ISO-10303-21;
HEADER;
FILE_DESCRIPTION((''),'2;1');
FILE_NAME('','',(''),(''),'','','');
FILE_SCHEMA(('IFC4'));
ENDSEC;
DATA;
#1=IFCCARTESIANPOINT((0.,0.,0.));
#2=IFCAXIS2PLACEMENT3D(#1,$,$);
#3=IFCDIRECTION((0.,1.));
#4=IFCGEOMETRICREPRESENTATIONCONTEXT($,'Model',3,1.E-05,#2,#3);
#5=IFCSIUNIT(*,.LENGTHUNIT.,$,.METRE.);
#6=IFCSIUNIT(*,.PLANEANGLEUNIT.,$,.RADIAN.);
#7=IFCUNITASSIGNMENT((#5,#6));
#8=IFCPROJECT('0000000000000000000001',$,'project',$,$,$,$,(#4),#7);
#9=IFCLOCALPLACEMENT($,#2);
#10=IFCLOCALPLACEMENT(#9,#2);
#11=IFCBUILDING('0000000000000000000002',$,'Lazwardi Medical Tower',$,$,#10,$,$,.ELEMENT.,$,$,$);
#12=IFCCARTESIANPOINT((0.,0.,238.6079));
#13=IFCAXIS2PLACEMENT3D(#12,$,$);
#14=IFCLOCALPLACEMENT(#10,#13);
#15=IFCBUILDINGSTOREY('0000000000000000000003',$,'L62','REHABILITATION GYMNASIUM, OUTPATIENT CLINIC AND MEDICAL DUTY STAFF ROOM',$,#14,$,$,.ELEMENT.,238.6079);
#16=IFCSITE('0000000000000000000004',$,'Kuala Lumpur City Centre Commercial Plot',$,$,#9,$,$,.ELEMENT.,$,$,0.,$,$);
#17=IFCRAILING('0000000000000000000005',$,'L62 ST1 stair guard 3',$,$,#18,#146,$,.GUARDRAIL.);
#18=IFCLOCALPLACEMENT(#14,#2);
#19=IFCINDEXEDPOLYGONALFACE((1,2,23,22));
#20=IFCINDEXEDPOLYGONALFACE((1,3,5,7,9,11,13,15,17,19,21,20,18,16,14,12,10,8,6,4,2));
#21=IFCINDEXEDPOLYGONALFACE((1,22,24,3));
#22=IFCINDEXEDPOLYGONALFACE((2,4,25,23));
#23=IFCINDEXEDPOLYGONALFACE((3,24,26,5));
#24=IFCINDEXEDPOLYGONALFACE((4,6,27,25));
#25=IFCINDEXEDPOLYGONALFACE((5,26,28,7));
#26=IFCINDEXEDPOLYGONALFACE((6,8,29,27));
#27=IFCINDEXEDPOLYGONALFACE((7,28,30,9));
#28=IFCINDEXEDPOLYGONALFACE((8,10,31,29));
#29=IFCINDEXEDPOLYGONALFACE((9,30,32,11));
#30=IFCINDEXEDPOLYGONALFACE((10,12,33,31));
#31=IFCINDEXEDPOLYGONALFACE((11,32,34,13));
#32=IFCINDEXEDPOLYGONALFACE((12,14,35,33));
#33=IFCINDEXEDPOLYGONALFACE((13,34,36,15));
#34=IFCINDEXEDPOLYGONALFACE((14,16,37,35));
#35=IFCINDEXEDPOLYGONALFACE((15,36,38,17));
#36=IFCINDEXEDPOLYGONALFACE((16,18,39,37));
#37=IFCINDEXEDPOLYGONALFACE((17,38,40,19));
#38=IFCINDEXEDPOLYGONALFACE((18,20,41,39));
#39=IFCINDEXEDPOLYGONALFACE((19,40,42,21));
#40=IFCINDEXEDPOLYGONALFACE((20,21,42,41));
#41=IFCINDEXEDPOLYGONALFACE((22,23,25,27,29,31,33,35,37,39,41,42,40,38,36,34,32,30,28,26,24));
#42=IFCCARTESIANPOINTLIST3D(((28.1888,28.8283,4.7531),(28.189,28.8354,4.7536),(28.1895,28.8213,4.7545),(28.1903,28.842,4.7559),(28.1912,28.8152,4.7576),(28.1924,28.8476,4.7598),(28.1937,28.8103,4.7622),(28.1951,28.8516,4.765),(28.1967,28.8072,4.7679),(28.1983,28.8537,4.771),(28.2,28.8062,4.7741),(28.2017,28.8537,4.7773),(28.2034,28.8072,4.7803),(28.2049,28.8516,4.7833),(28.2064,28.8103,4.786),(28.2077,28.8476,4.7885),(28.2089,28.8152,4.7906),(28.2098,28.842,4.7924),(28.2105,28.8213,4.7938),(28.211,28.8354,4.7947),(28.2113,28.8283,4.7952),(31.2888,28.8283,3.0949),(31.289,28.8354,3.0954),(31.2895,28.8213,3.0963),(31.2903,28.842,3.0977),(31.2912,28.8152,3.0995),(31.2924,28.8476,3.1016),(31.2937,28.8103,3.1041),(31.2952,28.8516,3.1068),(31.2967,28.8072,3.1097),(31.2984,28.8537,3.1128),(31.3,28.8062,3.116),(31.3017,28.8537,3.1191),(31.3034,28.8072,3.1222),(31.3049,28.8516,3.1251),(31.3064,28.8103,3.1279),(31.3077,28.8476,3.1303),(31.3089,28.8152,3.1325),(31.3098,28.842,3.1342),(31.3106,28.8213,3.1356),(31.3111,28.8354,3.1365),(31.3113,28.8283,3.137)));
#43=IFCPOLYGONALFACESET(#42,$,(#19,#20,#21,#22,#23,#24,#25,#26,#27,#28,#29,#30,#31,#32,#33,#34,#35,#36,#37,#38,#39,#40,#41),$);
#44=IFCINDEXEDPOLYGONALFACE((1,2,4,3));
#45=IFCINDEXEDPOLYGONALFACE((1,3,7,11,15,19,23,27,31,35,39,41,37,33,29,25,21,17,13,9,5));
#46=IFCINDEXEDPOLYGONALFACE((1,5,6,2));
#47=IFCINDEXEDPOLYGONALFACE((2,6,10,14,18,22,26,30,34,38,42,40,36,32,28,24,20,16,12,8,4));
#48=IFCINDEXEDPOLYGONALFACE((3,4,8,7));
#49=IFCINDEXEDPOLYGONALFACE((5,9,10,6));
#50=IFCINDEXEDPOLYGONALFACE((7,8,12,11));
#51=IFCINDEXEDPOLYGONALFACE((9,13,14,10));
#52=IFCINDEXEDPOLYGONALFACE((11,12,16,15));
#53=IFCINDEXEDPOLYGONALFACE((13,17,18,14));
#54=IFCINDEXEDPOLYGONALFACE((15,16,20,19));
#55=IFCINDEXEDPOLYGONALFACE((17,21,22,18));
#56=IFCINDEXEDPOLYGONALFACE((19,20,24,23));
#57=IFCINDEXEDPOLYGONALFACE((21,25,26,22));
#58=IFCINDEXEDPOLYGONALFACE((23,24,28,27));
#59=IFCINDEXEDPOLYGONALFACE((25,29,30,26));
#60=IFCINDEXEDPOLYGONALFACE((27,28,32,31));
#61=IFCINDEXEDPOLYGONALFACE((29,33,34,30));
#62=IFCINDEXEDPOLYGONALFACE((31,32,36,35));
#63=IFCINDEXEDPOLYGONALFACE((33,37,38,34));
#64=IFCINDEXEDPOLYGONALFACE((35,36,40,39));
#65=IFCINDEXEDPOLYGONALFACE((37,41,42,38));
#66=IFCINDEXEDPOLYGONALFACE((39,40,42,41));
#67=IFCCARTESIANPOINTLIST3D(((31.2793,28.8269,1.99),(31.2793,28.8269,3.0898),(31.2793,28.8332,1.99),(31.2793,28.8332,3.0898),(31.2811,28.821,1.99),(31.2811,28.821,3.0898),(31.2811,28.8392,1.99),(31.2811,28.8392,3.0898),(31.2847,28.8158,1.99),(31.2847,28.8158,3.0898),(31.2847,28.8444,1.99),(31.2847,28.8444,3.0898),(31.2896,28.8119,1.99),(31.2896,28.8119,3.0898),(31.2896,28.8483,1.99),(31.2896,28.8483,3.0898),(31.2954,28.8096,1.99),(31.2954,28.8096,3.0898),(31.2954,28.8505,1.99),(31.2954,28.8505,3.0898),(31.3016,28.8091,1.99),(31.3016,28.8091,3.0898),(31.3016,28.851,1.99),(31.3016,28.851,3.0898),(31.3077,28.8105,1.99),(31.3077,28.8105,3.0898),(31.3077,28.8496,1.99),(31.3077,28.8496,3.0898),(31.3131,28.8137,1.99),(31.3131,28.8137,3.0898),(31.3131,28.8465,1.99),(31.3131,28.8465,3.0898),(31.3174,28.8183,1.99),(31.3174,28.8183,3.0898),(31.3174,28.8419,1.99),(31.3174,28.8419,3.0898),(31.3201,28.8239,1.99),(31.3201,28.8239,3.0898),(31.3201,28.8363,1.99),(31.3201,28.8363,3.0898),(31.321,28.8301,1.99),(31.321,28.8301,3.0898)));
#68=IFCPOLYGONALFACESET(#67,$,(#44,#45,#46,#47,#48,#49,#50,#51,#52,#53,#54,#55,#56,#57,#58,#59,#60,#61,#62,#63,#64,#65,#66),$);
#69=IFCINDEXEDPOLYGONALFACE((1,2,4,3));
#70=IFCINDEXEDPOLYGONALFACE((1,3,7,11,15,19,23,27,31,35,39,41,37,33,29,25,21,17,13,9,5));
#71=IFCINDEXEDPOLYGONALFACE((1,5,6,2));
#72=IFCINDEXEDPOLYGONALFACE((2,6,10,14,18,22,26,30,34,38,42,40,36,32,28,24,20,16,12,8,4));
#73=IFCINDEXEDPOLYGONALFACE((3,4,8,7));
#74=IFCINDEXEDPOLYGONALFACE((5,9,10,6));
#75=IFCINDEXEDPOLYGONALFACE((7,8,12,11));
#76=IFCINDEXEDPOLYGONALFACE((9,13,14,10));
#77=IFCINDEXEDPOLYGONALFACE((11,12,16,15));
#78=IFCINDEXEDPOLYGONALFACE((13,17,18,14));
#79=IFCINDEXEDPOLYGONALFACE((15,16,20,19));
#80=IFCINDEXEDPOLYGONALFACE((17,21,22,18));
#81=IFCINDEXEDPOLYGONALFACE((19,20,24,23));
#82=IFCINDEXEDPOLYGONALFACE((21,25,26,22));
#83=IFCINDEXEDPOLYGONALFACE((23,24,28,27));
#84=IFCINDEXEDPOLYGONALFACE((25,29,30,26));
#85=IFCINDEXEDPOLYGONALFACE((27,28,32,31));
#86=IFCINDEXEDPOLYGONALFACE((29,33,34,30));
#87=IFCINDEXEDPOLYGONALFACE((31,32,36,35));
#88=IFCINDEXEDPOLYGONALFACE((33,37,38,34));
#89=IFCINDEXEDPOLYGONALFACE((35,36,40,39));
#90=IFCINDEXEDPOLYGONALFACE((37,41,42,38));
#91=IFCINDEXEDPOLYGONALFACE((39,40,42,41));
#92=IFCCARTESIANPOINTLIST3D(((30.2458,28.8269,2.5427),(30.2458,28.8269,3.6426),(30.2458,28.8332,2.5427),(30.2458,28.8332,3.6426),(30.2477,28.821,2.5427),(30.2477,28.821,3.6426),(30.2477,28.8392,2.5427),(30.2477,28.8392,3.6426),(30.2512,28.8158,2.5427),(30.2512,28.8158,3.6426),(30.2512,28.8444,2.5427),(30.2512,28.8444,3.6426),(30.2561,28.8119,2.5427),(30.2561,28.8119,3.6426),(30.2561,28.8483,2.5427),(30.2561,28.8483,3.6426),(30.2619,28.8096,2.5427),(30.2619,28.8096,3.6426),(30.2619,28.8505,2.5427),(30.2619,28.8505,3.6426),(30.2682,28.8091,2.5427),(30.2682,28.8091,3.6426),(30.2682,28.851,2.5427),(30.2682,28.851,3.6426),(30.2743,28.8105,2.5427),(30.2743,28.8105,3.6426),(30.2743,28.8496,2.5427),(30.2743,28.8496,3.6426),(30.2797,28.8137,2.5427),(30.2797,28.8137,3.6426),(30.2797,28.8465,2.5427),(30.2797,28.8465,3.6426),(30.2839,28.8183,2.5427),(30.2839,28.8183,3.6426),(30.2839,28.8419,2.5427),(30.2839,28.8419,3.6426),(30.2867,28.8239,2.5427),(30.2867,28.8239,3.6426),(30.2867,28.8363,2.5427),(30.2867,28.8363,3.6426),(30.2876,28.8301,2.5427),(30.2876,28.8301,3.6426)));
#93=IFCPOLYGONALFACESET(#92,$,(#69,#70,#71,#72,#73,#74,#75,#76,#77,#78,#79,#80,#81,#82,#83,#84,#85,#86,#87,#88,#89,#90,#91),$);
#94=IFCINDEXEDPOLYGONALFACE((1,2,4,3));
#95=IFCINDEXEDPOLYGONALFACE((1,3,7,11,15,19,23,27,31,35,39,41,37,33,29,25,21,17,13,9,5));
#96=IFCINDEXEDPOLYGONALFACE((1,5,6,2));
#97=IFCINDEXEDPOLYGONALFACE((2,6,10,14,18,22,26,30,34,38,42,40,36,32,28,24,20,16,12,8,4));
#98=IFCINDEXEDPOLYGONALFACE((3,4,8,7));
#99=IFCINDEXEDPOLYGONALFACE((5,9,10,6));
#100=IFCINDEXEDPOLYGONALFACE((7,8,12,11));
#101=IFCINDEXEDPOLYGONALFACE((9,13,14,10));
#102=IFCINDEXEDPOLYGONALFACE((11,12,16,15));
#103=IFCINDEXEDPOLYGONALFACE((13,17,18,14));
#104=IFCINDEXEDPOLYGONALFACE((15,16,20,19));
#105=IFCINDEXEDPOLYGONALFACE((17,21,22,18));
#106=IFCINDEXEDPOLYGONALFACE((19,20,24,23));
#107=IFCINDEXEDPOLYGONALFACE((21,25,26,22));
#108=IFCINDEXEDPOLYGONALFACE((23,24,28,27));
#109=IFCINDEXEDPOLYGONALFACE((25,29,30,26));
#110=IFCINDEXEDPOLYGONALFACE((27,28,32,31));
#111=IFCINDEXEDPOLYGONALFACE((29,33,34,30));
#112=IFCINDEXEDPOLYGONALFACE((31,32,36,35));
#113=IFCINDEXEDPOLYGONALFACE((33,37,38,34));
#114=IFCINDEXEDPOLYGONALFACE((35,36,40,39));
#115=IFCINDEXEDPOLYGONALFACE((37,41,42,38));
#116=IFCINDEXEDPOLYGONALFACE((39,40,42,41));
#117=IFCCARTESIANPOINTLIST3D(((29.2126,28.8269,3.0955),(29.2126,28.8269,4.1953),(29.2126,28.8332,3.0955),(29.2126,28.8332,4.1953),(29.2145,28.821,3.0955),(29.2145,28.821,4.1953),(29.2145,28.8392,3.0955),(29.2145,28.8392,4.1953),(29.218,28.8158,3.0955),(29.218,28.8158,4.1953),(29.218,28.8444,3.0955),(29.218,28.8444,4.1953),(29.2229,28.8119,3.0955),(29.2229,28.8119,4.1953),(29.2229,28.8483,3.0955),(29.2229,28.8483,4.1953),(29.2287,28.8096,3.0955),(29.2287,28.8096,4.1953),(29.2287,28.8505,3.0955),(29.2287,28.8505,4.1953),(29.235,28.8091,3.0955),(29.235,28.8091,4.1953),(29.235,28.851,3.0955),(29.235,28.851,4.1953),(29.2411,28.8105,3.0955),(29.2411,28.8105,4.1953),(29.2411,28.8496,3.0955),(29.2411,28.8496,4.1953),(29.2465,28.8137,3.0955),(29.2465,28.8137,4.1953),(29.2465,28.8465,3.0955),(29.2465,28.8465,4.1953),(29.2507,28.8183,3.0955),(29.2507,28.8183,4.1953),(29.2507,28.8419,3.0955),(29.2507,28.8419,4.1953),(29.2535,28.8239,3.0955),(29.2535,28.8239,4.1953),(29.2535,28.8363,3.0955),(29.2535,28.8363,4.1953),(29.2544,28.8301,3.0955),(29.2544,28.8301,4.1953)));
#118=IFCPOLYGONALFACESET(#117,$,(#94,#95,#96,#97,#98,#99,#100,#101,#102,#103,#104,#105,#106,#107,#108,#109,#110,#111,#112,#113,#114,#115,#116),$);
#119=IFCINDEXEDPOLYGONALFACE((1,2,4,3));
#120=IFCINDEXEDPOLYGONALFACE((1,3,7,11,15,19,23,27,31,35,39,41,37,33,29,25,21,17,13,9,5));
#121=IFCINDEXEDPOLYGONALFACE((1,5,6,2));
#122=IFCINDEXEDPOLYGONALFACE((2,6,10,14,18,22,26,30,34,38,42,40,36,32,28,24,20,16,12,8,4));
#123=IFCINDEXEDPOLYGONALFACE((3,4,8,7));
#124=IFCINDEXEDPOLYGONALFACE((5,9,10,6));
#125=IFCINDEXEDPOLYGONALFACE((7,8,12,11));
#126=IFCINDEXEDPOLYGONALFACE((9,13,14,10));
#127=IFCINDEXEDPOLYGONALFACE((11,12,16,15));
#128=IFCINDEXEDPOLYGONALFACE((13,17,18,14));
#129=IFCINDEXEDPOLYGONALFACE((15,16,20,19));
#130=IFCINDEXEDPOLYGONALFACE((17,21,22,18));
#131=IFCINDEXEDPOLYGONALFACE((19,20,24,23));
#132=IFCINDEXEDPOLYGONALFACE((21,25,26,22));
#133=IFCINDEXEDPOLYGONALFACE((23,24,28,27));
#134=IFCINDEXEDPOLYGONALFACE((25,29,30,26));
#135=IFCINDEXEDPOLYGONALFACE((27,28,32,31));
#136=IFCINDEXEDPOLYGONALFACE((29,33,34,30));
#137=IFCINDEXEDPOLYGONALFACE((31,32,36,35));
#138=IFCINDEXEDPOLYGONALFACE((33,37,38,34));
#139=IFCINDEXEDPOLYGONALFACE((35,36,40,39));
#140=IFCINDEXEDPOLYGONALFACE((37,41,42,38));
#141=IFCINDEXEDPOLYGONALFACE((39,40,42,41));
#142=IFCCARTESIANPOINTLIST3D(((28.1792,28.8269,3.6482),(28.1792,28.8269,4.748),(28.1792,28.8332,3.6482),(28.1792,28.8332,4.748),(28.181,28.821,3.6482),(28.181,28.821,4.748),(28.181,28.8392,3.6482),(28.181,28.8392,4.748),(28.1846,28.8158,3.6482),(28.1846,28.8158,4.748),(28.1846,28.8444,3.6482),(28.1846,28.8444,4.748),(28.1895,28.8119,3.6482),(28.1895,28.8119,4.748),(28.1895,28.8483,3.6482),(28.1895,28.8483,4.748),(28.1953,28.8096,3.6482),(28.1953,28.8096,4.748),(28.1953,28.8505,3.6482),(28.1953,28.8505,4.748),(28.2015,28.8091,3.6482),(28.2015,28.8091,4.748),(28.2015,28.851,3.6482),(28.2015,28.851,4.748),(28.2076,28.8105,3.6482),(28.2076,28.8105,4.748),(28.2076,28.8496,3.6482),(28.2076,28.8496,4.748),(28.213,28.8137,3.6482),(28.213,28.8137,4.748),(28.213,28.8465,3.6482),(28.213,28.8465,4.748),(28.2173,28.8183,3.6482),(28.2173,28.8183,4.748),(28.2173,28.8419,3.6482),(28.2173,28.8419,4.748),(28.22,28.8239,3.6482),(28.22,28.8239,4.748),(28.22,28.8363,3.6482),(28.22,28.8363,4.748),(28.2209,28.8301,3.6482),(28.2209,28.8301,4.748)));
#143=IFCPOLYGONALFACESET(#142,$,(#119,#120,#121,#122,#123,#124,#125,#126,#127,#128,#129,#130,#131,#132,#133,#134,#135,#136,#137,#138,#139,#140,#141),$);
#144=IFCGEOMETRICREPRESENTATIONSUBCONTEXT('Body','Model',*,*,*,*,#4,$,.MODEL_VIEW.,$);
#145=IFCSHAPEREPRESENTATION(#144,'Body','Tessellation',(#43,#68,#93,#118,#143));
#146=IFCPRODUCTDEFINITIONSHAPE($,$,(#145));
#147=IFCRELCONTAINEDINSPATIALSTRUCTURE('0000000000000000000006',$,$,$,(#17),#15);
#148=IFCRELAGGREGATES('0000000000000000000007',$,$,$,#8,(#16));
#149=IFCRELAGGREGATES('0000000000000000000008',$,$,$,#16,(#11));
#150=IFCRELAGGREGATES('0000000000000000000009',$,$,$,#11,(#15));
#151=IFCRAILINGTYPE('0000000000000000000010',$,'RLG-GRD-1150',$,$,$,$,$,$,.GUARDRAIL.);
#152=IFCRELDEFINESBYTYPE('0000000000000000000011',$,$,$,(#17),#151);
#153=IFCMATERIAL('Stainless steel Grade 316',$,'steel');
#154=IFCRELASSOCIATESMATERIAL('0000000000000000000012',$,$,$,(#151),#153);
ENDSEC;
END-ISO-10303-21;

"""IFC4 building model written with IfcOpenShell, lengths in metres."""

from ifc_helpers import new_model, si_unit, direction, frame, origin, origin_2d, place, context, subcontext, project, spatial, circle, extrude, material, type_object, element, save


model = new_model("IFC4")

# Units and contexts
model_context = context("Model", 3, precision=1e-05, world=origin(), true_north=direction((0.0, 1.0)))
body_context = subcontext(model_context, "Body", "Model", "MODEL_VIEW")
ifc_project = project(units=[si_unit("LENGTHUNIT", "METRE"), si_unit("PLANEANGLEUNIT", "RADIAN")], contexts=[model_context])

# Site, building, storey
site_placement = place(None, origin())
site = spatial("IfcSite", under=ifc_project, at=site_placement, Name="Kuala Lumpur City Centre Commercial Plot", CompositionType="ELEMENT", RefElevation=0.0)
building_placement = place(site_placement, origin())
building = spatial("IfcBuilding", under=site, at=building_placement, Name="Lazwardi Medical Tower", CompositionType="ELEMENT")
storey_placement = place(building_placement, frame((0.0, 0.0, 238.6079)))
storey = spatial("IfcBuildingStorey", under=building, at=storey_placement, Name="L62", Description="REHABILITATION GYMNASIUM, OUTPATIENT CLINIC AND MEDICAL DUTY STAFF ROOM", CompositionType="ELEMENT", Elevation=238.6079)

# Railing
ifc_material_1 = material(Name="Stainless steel Grade 316", Category="steel")
railing_type_1 = type_object("IfcRailingType", Name="RLG-GRD-1150", PredefinedType="GUARDRAIL", material=ifc_material_1)
railing_1_placement = place(storey_placement, frame((31.3, 28.8301, 1.99)))
element("IfcRailing", 1, at=railing_1_placement, inside=storey, type_object=railing_type_1, Name="L62 ST1 stair guard 3", PredefinedType="GUARDRAIL", context=body_context, shape_type="SweptSolid", body=[
    extrude(circle(Radius=0.0239, at=origin_2d()), frame((0.0, 0.0, 1.126), z_axis=(-0.881783, 0.0, 0.471655), x_axis=(0.0, -1.0, 0.0)), (0.0, 0.0, 1.0), 3.5156),
    extrude(circle(Radius=0.021, at=origin_2d()), origin(), (0.0, 0.0, 1.0), 1.0999),
    extrude(circle(Radius=0.021, at=origin_2d()), frame((-1.0334, 0.0, 0.5527)), (0.0, 0.0, 1.0), 1.0999),
    extrude(circle(Radius=0.021, at=origin_2d()), frame((-2.0667, 0.0, 1.1055)), (0.0, 0.0, 1.0), 1.0999),
    extrude(circle(Radius=0.021, at=origin_2d()), frame((-3.1001, 0.0, 1.6582)), (0.0, 0.0, 1.0), 1.0999),
])

save(model, "model.ifc")
